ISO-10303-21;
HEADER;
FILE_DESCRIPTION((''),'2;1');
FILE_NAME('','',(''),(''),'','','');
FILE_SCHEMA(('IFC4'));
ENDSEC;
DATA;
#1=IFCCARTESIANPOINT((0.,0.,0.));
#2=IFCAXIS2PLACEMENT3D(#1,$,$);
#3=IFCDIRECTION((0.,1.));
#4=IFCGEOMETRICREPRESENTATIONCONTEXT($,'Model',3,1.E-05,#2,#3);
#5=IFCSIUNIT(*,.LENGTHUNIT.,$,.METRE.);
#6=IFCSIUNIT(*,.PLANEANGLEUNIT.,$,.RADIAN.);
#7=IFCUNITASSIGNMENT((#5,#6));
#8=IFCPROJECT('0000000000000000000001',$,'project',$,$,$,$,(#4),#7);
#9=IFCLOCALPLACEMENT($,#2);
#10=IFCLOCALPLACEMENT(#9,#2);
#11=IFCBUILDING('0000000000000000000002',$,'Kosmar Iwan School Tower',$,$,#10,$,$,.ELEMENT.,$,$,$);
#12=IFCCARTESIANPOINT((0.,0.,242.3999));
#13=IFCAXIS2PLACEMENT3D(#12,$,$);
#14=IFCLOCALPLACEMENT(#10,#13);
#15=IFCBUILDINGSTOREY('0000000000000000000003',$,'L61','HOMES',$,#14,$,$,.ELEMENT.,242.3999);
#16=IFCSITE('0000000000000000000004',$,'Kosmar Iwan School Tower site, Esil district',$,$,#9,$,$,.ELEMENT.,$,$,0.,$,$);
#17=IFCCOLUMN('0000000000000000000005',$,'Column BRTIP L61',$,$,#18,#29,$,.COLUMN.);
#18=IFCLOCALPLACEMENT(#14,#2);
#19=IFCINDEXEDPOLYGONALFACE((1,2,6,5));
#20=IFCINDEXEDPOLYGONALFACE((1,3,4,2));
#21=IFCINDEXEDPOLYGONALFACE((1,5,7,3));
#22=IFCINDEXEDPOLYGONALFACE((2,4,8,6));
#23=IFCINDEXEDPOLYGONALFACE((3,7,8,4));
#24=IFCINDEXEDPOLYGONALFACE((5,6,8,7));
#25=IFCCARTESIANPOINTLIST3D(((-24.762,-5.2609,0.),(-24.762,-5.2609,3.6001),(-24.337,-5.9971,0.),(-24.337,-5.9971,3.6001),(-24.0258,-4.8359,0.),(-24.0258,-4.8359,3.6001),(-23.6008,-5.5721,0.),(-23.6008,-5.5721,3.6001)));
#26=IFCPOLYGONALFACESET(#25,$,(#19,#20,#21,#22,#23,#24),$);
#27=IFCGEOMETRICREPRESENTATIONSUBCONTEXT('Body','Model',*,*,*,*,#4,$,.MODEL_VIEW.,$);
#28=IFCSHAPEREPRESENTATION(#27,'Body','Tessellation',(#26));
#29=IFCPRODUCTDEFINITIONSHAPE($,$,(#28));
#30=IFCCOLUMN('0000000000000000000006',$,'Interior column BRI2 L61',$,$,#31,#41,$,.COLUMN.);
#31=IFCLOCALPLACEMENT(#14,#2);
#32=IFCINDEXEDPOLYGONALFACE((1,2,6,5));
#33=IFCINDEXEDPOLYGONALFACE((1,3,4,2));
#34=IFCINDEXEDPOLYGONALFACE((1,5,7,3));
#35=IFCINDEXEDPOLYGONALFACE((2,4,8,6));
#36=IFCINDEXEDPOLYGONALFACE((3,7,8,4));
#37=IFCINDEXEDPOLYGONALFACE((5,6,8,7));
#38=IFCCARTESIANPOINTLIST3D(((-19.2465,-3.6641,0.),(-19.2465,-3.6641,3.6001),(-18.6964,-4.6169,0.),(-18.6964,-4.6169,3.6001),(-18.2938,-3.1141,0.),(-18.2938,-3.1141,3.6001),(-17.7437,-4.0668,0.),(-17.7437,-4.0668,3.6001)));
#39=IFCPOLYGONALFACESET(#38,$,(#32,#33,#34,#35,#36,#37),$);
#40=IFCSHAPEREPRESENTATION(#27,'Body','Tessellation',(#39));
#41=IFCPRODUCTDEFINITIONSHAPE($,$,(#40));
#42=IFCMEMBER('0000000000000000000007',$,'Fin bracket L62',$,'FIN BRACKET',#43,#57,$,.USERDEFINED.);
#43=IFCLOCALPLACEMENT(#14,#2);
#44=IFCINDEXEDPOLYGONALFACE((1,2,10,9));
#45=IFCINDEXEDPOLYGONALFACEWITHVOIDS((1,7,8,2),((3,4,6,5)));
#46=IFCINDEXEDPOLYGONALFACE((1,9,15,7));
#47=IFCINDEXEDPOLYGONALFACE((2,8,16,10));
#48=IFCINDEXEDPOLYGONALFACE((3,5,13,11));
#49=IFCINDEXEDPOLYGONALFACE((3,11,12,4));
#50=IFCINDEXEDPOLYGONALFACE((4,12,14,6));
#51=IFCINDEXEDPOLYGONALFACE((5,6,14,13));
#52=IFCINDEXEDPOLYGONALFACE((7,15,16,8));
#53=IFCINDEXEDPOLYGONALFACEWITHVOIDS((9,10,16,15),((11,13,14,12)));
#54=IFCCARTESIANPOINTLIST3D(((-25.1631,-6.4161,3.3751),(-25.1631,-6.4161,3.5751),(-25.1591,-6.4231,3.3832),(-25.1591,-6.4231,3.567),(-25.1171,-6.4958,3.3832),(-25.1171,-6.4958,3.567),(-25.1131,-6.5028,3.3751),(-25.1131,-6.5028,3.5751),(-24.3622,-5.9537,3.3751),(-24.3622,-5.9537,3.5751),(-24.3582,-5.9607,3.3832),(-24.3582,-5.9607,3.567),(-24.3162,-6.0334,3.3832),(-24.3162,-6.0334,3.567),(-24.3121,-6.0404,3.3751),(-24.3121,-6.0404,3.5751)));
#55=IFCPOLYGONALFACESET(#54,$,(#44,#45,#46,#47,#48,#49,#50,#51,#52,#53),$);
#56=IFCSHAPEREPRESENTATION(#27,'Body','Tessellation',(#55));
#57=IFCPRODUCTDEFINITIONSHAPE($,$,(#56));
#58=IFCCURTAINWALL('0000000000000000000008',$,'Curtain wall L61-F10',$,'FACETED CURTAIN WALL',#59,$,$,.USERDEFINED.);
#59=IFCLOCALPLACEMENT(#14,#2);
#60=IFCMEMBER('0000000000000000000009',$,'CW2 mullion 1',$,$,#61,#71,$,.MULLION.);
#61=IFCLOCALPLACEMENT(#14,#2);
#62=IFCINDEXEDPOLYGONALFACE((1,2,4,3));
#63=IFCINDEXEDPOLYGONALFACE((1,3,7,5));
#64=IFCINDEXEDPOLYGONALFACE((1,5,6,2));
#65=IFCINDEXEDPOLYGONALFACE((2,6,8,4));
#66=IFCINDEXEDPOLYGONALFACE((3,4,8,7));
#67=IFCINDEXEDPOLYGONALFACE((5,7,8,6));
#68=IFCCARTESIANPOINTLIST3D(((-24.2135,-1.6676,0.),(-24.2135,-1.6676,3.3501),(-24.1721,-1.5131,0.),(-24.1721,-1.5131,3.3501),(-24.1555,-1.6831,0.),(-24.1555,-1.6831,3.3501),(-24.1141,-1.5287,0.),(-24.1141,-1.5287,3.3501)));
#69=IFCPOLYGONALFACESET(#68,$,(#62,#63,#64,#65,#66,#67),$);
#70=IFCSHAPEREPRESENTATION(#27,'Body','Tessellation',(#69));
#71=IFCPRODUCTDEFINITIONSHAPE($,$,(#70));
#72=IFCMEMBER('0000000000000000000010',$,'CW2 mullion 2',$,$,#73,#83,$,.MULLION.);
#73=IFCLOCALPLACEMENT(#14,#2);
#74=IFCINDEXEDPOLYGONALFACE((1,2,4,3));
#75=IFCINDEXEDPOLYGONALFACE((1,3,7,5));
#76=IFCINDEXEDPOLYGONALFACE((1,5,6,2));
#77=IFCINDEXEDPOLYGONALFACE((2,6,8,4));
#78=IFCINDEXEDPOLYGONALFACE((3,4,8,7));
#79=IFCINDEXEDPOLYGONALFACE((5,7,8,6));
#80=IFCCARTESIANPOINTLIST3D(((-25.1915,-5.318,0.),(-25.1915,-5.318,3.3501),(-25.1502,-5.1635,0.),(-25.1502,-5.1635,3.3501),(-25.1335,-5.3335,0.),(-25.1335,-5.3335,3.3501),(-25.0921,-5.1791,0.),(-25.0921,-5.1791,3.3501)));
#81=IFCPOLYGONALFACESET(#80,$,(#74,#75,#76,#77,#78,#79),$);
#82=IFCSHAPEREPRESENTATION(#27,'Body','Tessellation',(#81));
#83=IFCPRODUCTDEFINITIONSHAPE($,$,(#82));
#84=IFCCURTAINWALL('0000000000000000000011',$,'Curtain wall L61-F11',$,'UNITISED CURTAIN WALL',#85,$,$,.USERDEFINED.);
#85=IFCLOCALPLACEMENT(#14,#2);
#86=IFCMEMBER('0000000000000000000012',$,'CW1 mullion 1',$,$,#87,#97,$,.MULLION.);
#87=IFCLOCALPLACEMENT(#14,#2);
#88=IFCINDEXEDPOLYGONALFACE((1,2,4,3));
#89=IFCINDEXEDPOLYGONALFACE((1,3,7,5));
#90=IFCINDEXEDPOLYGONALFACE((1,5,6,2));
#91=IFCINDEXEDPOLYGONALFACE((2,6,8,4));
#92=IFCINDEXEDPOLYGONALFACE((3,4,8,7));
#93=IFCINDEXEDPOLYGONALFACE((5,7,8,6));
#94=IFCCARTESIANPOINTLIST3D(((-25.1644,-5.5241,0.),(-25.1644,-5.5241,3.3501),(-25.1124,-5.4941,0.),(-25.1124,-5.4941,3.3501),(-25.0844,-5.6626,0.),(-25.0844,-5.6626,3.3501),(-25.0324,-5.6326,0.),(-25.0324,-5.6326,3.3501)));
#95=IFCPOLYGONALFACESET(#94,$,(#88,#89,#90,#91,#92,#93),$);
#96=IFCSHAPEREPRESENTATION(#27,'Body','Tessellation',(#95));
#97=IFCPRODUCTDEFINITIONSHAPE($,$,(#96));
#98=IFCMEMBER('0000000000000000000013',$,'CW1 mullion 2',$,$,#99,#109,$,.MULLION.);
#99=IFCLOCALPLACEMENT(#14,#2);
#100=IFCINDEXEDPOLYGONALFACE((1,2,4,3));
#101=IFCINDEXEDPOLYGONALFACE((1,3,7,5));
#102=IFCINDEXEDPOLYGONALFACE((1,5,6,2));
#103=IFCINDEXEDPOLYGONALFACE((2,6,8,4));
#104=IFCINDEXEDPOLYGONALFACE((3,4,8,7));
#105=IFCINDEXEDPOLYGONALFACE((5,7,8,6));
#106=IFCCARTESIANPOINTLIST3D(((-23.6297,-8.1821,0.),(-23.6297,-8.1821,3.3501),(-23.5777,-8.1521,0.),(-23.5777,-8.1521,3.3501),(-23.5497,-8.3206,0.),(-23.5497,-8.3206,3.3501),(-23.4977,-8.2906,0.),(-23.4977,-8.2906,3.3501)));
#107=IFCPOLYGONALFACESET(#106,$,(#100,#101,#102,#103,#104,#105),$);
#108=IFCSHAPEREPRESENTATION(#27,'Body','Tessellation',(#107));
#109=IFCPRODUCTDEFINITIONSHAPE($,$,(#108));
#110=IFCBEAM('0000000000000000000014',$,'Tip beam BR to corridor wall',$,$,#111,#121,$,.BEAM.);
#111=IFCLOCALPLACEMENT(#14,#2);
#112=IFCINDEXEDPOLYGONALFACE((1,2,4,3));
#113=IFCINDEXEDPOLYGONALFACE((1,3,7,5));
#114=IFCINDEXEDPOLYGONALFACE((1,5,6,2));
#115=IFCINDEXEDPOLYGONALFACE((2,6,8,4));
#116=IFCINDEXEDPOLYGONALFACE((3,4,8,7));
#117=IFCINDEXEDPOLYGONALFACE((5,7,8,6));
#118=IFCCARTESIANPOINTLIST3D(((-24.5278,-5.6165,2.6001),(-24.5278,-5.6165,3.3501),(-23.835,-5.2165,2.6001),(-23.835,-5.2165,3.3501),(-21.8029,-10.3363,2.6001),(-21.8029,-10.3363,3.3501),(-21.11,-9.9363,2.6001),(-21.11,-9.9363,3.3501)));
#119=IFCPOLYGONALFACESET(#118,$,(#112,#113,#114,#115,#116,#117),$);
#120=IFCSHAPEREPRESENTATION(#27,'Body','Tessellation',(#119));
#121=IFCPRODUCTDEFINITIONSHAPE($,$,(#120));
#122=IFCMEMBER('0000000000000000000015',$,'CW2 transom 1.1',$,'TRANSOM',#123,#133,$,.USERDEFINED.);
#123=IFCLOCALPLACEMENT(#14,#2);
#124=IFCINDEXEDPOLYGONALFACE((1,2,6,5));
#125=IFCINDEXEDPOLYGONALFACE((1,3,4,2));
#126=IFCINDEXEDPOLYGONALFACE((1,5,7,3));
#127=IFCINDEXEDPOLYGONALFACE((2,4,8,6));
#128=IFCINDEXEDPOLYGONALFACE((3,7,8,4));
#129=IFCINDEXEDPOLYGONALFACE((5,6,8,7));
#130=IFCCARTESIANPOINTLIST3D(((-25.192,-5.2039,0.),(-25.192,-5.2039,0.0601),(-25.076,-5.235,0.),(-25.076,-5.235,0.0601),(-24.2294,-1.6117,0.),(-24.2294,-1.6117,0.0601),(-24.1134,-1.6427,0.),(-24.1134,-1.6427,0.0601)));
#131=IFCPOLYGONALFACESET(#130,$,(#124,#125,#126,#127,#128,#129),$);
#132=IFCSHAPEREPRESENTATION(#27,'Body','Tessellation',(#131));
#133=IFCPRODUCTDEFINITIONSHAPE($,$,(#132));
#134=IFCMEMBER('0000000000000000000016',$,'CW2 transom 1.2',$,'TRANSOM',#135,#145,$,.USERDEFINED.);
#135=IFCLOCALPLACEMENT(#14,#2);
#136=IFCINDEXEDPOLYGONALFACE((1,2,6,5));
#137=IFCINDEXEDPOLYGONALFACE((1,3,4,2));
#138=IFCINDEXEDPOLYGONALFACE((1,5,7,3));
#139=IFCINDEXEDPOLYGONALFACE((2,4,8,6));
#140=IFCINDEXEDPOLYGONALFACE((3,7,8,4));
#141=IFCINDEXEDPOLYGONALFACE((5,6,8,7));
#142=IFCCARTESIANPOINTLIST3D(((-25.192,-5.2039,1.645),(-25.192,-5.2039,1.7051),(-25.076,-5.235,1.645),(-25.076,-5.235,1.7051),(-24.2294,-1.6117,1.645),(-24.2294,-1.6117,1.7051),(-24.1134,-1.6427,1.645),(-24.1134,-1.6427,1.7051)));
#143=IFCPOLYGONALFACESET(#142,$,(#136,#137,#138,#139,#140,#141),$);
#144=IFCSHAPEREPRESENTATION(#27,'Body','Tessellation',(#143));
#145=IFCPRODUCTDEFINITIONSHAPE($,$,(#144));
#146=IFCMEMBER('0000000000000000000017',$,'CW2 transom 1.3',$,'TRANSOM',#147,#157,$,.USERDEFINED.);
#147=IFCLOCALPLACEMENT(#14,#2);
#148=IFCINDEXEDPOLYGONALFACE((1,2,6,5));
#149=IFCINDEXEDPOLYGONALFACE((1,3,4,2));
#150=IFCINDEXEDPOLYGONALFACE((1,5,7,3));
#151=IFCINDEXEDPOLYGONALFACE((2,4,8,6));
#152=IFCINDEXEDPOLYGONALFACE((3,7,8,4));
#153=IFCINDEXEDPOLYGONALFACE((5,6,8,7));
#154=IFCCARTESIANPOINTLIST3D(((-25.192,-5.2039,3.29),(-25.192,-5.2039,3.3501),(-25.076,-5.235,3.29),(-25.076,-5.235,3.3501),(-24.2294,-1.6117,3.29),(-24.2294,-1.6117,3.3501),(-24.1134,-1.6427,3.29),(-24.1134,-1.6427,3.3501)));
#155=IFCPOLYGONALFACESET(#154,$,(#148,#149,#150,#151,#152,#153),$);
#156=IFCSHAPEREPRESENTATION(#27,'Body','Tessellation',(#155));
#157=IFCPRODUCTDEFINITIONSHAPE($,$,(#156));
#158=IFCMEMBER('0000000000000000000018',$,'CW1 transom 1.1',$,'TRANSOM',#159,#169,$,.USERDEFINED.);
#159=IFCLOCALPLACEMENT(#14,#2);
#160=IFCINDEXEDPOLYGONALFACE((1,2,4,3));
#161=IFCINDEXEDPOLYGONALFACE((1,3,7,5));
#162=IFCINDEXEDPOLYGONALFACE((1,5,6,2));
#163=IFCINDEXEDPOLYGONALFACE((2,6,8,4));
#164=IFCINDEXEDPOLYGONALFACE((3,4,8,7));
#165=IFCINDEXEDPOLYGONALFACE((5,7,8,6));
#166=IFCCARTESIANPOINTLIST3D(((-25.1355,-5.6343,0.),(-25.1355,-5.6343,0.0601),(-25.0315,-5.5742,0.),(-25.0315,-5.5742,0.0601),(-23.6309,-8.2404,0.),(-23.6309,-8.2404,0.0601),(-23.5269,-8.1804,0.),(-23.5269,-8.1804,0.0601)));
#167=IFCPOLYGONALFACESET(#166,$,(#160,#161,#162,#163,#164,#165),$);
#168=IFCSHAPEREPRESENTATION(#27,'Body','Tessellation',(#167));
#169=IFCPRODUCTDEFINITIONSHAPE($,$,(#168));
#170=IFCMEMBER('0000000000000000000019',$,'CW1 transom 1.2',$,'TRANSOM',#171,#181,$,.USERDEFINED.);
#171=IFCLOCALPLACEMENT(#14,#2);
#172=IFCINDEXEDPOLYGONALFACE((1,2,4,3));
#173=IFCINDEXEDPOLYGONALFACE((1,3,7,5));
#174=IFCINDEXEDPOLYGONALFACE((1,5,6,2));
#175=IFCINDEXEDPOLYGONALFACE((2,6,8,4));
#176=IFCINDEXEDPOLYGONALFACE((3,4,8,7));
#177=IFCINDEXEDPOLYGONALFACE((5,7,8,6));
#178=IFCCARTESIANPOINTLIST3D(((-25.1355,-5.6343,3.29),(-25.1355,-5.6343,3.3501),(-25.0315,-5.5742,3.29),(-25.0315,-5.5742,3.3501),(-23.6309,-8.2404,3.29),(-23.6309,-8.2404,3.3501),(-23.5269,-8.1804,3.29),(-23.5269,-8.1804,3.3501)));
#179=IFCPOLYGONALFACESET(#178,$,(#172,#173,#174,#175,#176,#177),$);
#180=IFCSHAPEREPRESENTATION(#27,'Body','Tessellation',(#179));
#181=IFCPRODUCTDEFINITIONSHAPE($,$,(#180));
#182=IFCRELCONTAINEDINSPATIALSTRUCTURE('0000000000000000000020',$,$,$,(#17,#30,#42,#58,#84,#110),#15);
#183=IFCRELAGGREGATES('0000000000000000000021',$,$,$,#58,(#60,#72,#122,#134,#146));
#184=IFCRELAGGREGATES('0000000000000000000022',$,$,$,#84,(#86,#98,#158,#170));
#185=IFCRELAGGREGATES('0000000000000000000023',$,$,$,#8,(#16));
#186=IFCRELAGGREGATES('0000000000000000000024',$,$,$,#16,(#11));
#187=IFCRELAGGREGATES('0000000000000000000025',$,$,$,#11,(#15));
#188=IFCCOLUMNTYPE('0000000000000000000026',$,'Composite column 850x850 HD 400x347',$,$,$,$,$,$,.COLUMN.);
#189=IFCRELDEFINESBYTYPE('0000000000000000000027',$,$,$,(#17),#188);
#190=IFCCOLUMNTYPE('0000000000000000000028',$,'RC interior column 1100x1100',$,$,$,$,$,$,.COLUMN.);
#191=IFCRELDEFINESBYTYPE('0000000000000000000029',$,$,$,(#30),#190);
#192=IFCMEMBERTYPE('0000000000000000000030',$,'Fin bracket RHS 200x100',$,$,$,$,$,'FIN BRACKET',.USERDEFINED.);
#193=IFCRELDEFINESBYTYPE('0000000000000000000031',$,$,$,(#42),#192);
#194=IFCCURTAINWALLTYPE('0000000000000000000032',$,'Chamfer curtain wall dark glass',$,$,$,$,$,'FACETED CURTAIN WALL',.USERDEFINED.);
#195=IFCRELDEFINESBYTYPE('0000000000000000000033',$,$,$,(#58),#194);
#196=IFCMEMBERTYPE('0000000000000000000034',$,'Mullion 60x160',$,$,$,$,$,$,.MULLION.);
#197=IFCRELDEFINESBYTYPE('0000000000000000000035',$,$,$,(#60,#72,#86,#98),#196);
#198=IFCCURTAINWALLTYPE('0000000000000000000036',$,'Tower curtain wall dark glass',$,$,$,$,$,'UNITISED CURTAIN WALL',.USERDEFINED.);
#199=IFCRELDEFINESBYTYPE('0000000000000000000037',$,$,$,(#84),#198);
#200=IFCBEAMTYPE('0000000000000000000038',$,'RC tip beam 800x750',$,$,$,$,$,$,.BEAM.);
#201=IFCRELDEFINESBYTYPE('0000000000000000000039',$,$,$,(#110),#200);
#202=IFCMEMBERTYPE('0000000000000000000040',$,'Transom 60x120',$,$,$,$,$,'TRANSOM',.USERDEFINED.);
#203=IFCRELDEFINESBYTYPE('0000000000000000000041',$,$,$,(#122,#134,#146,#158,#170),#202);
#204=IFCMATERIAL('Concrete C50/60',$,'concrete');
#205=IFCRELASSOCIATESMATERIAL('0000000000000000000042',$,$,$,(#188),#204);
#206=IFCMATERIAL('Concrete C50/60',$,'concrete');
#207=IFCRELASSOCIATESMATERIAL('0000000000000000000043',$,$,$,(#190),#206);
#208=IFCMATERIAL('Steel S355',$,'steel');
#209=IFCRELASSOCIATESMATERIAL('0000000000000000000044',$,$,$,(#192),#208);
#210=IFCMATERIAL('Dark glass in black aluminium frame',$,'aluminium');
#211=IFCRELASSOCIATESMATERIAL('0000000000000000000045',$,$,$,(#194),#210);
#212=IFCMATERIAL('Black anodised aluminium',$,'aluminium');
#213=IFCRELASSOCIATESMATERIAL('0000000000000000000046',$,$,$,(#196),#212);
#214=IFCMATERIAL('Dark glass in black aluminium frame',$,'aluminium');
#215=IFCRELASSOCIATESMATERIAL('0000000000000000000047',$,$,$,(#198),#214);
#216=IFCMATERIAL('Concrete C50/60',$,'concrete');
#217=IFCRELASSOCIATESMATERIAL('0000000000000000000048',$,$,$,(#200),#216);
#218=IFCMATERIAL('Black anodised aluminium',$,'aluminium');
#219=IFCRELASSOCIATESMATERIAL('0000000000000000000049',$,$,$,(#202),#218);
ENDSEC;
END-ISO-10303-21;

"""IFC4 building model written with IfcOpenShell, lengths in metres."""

from ifc_helpers import new_model, si_unit, direction, frame, origin, origin_2d, place, context, subcontext, project, spatial, rectangle, hollow_rectangle, extrude, material, material_profile, profile_set, type_object, element, aggregate, save


model = new_model("IFC4")

# Units and contexts
model_context = context("Model", 3, precision=1e-05, world=origin(), true_north=direction((0.0, 1.0)))
body_context = subcontext(model_context, "Body", "Model", "MODEL_VIEW")
ifc_project = project(units=[si_unit("LENGTHUNIT", "METRE"), si_unit("PLANEANGLEUNIT", "RADIAN")], contexts=[model_context])

# Site, building, storey
site_placement = place(None, origin())
site = spatial("IfcSite", under=ifc_project, at=site_placement, Name="Kosmar Iwan School Tower site, Esil district", CompositionType="ELEMENT", RefElevation=0.0)
building_placement = place(site_placement, origin())
building = spatial("IfcBuilding", under=site, at=building_placement, Name="Kosmar Iwan School Tower", CompositionType="ELEMENT")
storey_placement = place(building_placement, frame((0.0, 0.0, 242.3999)))
storey = spatial("IfcBuildingStorey", under=building, at=storey_placement, Name="L61", Description="HOMES", CompositionType="ELEMENT", Elevation=242.3999)

# Columns
ifc_material_1 = material(Name="Concrete C50/60", Category="concrete")
ifc_material_profile_1 = material_profile(ifc_material_1, rectangle(XDim=0.8501, YDim=0.8501, at=origin_2d()), Name="RC 850x850 + HD 400x347")
ifc_profile_set_1 = profile_set([ifc_material_profile_1], Name="Concrete C50/60")
column_type_1 = type_object("IfcColumnType", Name="Composite column 850x850 HD 400x347", PredefinedType="COLUMN", material=ifc_profile_set_1)
column_1_placement = place(storey_placement, frame((-24.1814, -5.4165, 0.0), z_axis=(0.0, 0.0, 1.0), x_axis=(-0.866025, -0.5, 0.0)))
element("IfcColumn", 1, at=column_1_placement, inside=storey, type_object=column_type_1, Name="Column BRTIP L61", PredefinedType="COLUMN", context=body_context, shape_type="SweptSolid", body=[
    extrude(rectangle(XDim=0.8501, YDim=0.8501, at=origin_2d()), origin(), (0.0, 0.0, 1.0), 3.6001),
])
ifc_material_2 = material(Name="Concrete C50/60", Category="concrete")
ifc_material_profile_2 = material_profile(ifc_material_2, rectangle(XDim=1.1001, YDim=1.1001, at=origin_2d()), Name="RC 1100x1100")
ifc_profile_set_2 = profile_set([ifc_material_profile_2], Name="Concrete C50/60")
column_type_2 = type_object("IfcColumnType", Name="RC interior column 1100x1100", PredefinedType="COLUMN", material=ifc_profile_set_2)
column_2_placement = place(storey_placement, frame((-18.4951, -3.8655, 0.0), z_axis=(0.0, 0.0, 1.0), x_axis=(-0.866025, -0.5, 0.0)))
element("IfcColumn", 2, at=column_2_placement, inside=storey, type_object=column_type_2, Name="Interior column BRI2 L61", PredefinedType="COLUMN", context=body_context, shape_type="SweptSolid", body=[
    extrude(rectangle(XDim=1.1001, YDim=1.1001, at=origin_2d()), origin(), (0.0, 0.0, 1.0), 3.6001),
])

# Member
ifc_material_3 = material(Name="Steel S355", Category="steel")
ifc_material_profile_3 = material_profile(ifc_material_3, hollow_rectangle(XDim=0.1001, YDim=0.2, WallThickness=0.0081, at=origin_2d()), Name="RHS 200x100x8")
ifc_profile_set_3 = profile_set([ifc_material_profile_3], Name="Steel S355")
member_type_1 = type_object("IfcMemberType", Name="Fin bracket RHS 200x100", ElementType="FIN BRACKET", PredefinedType="USERDEFINED", material=ifc_profile_set_3)
member_1_placement = place(storey_placement, frame((-24.3372, -5.9971, 3.4751), z_axis=(-0.866058, -0.499943, 0.0), x_axis=(0.499943, -0.866058, 0.0)))
element("IfcMember", 3, at=member_1_placement, inside=storey, type_object=member_type_1, Name="Fin bracket L62", ObjectType="FIN BRACKET", PredefinedType="USERDEFINED", context=body_context, shape_type="SweptSolid", body=[
    extrude(hollow_rectangle(XDim=0.1001, YDim=0.2, WallThickness=0.0081, at=origin_2d()), origin(), (0.0, 0.0, 1.0), 0.9248),
])

# Curtain walls, members
ifc_material_4 = material(Name="Dark glass in black aluminium frame", Category="aluminium")
curtain_wall_type_1 = type_object("IfcCurtainWallType", Name="Chamfer curtain wall dark glass", ElementType="FACETED CURTAIN WALL", PredefinedType="USERDEFINED", material=ifc_material_4)
curtain_wall_1_placement = place(storey_placement, origin())
curtain_wall_1 = element("IfcCurtainWall", 4, at=curtain_wall_1_placement, inside=storey, type_object=curtain_wall_type_1, Name="Curtain wall L61-F10", ObjectType="FACETED CURTAIN WALL", PredefinedType="USERDEFINED")
ifc_material_5 = material(Name="Black anodised aluminium", Category="aluminium")
ifc_material_profile_4 = material_profile(ifc_material_5, rectangle(XDim=0.0601, YDim=0.1599, at=origin_2d()), Name="MULLION 60x160")
ifc_profile_set_4 = profile_set([ifc_material_profile_4], Name="Black anodised aluminium")
member_type_2 = type_object("IfcMemberType", Name="Mullion 60x160", PredefinedType="MULLION", material=ifc_profile_set_4)
member_2_placement = place(storey_placement, frame((-24.1638, -1.5981, 0.0), z_axis=(0.0, 0.0, 1.0), x_axis=(0.965926, -0.258819, 0.0)))
member_2 = element("IfcMember", 5, at=member_2_placement, type_object=member_type_2, Name="CW2 mullion 1", PredefinedType="MULLION", context=body_context, shape_type="SweptSolid", body=[
    extrude(rectangle(XDim=0.0601, YDim=0.1599, at=origin_2d()), origin(), (0.0, 0.0, 1.0), 3.3501),
])
member_3_placement = place(storey_placement, frame((-25.1418, -5.2485, 0.0), z_axis=(0.0, 0.0, 1.0), x_axis=(0.965926, -0.258819, 0.0)))
member_3 = element("IfcMember", 6, at=member_3_placement, type_object=member_type_2, Name="CW2 mullion 2", PredefinedType="MULLION", context=body_context, shape_type="SweptSolid", body=[
    extrude(rectangle(XDim=0.0601, YDim=0.1599, at=origin_2d()), origin(), (0.0, 0.0, 1.0), 3.3501),
])
ifc_material_6 = material(Name="Dark glass in black aluminium frame", Category="aluminium")
curtain_wall_type_2 = type_object("IfcCurtainWallType", Name="Tower curtain wall dark glass", ElementType="UNITISED CURTAIN WALL", PredefinedType="USERDEFINED", material=ifc_material_6)
curtain_wall_2_placement = place(storey_placement, origin())
curtain_wall_2 = element("IfcCurtainWall", 7, at=curtain_wall_2_placement, inside=storey, type_object=curtain_wall_type_2, Name="Curtain wall L61-F11", ObjectType="UNITISED CURTAIN WALL", PredefinedType="USERDEFINED")
member_4_placement = place(storey_placement, frame((-25.0984, -5.5784, 0.0), z_axis=(0.0, 0.0, 1.0), x_axis=(0.866025, 0.5, 0.0)))
member_4 = element("IfcMember", 8, at=member_4_placement, type_object=member_type_2, Name="CW1 mullion 1", PredefinedType="MULLION", context=body_context, shape_type="SweptSolid", body=[
    extrude(rectangle(XDim=0.0601, YDim=0.1599, at=origin_2d()), origin(), (0.0, 0.0, 1.0), 3.3501),
])
member_5_placement = place(storey_placement, frame((-23.5637, -8.2363, 0.0), z_axis=(0.0, 0.0, 1.0), x_axis=(0.866025, 0.5, 0.0)))
member_5 = element("IfcMember", 9, at=member_5_placement, type_object=member_type_2, Name="CW1 mullion 2", PredefinedType="MULLION", context=body_context, shape_type="SweptSolid", body=[
    extrude(rectangle(XDim=0.0601, YDim=0.1599, at=origin_2d()), origin(), (0.0, 0.0, 1.0), 3.3501),
])

# Beam
ifc_material_7 = material(Name="Concrete C50/60", Category="concrete")
ifc_material_profile_5 = material_profile(ifc_material_7, rectangle(XDim=0.8, YDim=0.75, at=origin_2d()), Name="RC 800x750")
ifc_profile_set_5 = profile_set([ifc_material_profile_5], Name="Concrete C50/60")
beam_type = type_object("IfcBeamType", Name="RC tip beam 800x750", PredefinedType="BEAM", material=ifc_profile_set_5)
beam_placement = place(storey_placement, frame((-24.1814, -5.4165, 2.9751), z_axis=(0.499989, -0.866032, 0.0), x_axis=(0.866032, 0.499989, 0.0)))
element("IfcBeam", 10, at=beam_placement, inside=storey, type_object=beam_type, Name="Tip beam BR to corridor wall", PredefinedType="BEAM", context=body_context, shape_type="SweptSolid", body=[
    extrude(rectangle(XDim=0.8, YDim=0.75, at=origin_2d()), origin(), (0.0, 0.0, 1.0), 5.45),
])

# Members
ifc_material_8 = material(Name="Black anodised aluminium", Category="aluminium")
ifc_material_profile_6 = material_profile(ifc_material_8, rectangle(XDim=0.1201, YDim=0.0601, at=origin_2d()), Name="TRANSOM 60x120")
ifc_profile_set_6 = profile_set([ifc_material_profile_6], Name="Black anodised aluminium")
member_type_3 = type_object("IfcMemberType", Name="Transom 60x120", ElementType="TRANSOM", PredefinedType="USERDEFINED", material=ifc_profile_set_6)
member_6_placement = place(storey_placement, frame((-24.1714, -1.6272, 0.03), z_axis=(-0.258843, -0.965919, 0.0), x_axis=(0.965919, -0.258843, 0.0)))
member_6 = element("IfcMember", 11, at=member_6_placement, type_object=member_type_3, Name="CW2 transom 1.1", ObjectType="TRANSOM", PredefinedType="USERDEFINED", context=body_context, shape_type="SweptSolid", body=[
    extrude(rectangle(XDim=0.1201, YDim=0.0601, at=origin_2d()), origin(), (0.0, 0.0, 1.0), 3.719),
])
member_7_placement = place(storey_placement, frame((-24.1714, -1.6272, 1.675), z_axis=(-0.258843, -0.965919, 0.0), x_axis=(0.965919, -0.258843, 0.0)))
member_7 = element("IfcMember", 12, at=member_7_placement, type_object=member_type_3, Name="CW2 transom 1.2", ObjectType="TRANSOM", PredefinedType="USERDEFINED", context=body_context, shape_type="SweptSolid", body=[
    extrude(rectangle(XDim=0.1201, YDim=0.0601, at=origin_2d()), origin(), (0.0, 0.0, 1.0), 3.719),
])
member_8_placement = place(storey_placement, frame((-24.1714, -1.6272, 3.3201), z_axis=(-0.258843, -0.965919, 0.0), x_axis=(0.965919, -0.258843, 0.0)))
member_8 = element("IfcMember", 13, at=member_8_placement, type_object=member_type_3, Name="CW2 transom 1.3", ObjectType="TRANSOM", PredefinedType="USERDEFINED", context=body_context, shape_type="SweptSolid", body=[
    extrude(rectangle(XDim=0.1201, YDim=0.0601, at=origin_2d()), origin(), (0.0, 0.0, 1.0), 3.719),
])
member_9_placement = place(storey_placement, frame((-25.0835, -5.6042, 0.03), z_axis=(0.499987, -0.866033, 0.0), x_axis=(0.866033, 0.499987, 0.0)))
member_9 = element("IfcMember", 14, at=member_9_placement, type_object=member_type_3, Name="CW1 transom 1.1", ObjectType="TRANSOM", PredefinedType="USERDEFINED", context=body_context, shape_type="SweptSolid", body=[
    extrude(rectangle(XDim=0.1201, YDim=0.0601, at=origin_2d()), origin(), (0.0, 0.0, 1.0), 3.0093),
])
member_10_placement = place(storey_placement, frame((-25.0835, -5.6042, 3.3201), z_axis=(0.499987, -0.866033, 0.0), x_axis=(0.866033, 0.499987, 0.0)))
member_10 = element("IfcMember", 15, at=member_10_placement, type_object=member_type_3, Name="CW1 transom 1.2", ObjectType="TRANSOM", PredefinedType="USERDEFINED", context=body_context, shape_type="SweptSolid", body=[
    extrude(rectangle(XDim=0.1201, YDim=0.0601, at=origin_2d()), origin(), (0.0, 0.0, 1.0), 3.0093),
])

aggregate(curtain_wall_1, [member_2, member_3, member_6, member_7, member_8])
aggregate(curtain_wall_2, [member_4, member_5, member_9, member_10])

save(model, "model.ifc")
